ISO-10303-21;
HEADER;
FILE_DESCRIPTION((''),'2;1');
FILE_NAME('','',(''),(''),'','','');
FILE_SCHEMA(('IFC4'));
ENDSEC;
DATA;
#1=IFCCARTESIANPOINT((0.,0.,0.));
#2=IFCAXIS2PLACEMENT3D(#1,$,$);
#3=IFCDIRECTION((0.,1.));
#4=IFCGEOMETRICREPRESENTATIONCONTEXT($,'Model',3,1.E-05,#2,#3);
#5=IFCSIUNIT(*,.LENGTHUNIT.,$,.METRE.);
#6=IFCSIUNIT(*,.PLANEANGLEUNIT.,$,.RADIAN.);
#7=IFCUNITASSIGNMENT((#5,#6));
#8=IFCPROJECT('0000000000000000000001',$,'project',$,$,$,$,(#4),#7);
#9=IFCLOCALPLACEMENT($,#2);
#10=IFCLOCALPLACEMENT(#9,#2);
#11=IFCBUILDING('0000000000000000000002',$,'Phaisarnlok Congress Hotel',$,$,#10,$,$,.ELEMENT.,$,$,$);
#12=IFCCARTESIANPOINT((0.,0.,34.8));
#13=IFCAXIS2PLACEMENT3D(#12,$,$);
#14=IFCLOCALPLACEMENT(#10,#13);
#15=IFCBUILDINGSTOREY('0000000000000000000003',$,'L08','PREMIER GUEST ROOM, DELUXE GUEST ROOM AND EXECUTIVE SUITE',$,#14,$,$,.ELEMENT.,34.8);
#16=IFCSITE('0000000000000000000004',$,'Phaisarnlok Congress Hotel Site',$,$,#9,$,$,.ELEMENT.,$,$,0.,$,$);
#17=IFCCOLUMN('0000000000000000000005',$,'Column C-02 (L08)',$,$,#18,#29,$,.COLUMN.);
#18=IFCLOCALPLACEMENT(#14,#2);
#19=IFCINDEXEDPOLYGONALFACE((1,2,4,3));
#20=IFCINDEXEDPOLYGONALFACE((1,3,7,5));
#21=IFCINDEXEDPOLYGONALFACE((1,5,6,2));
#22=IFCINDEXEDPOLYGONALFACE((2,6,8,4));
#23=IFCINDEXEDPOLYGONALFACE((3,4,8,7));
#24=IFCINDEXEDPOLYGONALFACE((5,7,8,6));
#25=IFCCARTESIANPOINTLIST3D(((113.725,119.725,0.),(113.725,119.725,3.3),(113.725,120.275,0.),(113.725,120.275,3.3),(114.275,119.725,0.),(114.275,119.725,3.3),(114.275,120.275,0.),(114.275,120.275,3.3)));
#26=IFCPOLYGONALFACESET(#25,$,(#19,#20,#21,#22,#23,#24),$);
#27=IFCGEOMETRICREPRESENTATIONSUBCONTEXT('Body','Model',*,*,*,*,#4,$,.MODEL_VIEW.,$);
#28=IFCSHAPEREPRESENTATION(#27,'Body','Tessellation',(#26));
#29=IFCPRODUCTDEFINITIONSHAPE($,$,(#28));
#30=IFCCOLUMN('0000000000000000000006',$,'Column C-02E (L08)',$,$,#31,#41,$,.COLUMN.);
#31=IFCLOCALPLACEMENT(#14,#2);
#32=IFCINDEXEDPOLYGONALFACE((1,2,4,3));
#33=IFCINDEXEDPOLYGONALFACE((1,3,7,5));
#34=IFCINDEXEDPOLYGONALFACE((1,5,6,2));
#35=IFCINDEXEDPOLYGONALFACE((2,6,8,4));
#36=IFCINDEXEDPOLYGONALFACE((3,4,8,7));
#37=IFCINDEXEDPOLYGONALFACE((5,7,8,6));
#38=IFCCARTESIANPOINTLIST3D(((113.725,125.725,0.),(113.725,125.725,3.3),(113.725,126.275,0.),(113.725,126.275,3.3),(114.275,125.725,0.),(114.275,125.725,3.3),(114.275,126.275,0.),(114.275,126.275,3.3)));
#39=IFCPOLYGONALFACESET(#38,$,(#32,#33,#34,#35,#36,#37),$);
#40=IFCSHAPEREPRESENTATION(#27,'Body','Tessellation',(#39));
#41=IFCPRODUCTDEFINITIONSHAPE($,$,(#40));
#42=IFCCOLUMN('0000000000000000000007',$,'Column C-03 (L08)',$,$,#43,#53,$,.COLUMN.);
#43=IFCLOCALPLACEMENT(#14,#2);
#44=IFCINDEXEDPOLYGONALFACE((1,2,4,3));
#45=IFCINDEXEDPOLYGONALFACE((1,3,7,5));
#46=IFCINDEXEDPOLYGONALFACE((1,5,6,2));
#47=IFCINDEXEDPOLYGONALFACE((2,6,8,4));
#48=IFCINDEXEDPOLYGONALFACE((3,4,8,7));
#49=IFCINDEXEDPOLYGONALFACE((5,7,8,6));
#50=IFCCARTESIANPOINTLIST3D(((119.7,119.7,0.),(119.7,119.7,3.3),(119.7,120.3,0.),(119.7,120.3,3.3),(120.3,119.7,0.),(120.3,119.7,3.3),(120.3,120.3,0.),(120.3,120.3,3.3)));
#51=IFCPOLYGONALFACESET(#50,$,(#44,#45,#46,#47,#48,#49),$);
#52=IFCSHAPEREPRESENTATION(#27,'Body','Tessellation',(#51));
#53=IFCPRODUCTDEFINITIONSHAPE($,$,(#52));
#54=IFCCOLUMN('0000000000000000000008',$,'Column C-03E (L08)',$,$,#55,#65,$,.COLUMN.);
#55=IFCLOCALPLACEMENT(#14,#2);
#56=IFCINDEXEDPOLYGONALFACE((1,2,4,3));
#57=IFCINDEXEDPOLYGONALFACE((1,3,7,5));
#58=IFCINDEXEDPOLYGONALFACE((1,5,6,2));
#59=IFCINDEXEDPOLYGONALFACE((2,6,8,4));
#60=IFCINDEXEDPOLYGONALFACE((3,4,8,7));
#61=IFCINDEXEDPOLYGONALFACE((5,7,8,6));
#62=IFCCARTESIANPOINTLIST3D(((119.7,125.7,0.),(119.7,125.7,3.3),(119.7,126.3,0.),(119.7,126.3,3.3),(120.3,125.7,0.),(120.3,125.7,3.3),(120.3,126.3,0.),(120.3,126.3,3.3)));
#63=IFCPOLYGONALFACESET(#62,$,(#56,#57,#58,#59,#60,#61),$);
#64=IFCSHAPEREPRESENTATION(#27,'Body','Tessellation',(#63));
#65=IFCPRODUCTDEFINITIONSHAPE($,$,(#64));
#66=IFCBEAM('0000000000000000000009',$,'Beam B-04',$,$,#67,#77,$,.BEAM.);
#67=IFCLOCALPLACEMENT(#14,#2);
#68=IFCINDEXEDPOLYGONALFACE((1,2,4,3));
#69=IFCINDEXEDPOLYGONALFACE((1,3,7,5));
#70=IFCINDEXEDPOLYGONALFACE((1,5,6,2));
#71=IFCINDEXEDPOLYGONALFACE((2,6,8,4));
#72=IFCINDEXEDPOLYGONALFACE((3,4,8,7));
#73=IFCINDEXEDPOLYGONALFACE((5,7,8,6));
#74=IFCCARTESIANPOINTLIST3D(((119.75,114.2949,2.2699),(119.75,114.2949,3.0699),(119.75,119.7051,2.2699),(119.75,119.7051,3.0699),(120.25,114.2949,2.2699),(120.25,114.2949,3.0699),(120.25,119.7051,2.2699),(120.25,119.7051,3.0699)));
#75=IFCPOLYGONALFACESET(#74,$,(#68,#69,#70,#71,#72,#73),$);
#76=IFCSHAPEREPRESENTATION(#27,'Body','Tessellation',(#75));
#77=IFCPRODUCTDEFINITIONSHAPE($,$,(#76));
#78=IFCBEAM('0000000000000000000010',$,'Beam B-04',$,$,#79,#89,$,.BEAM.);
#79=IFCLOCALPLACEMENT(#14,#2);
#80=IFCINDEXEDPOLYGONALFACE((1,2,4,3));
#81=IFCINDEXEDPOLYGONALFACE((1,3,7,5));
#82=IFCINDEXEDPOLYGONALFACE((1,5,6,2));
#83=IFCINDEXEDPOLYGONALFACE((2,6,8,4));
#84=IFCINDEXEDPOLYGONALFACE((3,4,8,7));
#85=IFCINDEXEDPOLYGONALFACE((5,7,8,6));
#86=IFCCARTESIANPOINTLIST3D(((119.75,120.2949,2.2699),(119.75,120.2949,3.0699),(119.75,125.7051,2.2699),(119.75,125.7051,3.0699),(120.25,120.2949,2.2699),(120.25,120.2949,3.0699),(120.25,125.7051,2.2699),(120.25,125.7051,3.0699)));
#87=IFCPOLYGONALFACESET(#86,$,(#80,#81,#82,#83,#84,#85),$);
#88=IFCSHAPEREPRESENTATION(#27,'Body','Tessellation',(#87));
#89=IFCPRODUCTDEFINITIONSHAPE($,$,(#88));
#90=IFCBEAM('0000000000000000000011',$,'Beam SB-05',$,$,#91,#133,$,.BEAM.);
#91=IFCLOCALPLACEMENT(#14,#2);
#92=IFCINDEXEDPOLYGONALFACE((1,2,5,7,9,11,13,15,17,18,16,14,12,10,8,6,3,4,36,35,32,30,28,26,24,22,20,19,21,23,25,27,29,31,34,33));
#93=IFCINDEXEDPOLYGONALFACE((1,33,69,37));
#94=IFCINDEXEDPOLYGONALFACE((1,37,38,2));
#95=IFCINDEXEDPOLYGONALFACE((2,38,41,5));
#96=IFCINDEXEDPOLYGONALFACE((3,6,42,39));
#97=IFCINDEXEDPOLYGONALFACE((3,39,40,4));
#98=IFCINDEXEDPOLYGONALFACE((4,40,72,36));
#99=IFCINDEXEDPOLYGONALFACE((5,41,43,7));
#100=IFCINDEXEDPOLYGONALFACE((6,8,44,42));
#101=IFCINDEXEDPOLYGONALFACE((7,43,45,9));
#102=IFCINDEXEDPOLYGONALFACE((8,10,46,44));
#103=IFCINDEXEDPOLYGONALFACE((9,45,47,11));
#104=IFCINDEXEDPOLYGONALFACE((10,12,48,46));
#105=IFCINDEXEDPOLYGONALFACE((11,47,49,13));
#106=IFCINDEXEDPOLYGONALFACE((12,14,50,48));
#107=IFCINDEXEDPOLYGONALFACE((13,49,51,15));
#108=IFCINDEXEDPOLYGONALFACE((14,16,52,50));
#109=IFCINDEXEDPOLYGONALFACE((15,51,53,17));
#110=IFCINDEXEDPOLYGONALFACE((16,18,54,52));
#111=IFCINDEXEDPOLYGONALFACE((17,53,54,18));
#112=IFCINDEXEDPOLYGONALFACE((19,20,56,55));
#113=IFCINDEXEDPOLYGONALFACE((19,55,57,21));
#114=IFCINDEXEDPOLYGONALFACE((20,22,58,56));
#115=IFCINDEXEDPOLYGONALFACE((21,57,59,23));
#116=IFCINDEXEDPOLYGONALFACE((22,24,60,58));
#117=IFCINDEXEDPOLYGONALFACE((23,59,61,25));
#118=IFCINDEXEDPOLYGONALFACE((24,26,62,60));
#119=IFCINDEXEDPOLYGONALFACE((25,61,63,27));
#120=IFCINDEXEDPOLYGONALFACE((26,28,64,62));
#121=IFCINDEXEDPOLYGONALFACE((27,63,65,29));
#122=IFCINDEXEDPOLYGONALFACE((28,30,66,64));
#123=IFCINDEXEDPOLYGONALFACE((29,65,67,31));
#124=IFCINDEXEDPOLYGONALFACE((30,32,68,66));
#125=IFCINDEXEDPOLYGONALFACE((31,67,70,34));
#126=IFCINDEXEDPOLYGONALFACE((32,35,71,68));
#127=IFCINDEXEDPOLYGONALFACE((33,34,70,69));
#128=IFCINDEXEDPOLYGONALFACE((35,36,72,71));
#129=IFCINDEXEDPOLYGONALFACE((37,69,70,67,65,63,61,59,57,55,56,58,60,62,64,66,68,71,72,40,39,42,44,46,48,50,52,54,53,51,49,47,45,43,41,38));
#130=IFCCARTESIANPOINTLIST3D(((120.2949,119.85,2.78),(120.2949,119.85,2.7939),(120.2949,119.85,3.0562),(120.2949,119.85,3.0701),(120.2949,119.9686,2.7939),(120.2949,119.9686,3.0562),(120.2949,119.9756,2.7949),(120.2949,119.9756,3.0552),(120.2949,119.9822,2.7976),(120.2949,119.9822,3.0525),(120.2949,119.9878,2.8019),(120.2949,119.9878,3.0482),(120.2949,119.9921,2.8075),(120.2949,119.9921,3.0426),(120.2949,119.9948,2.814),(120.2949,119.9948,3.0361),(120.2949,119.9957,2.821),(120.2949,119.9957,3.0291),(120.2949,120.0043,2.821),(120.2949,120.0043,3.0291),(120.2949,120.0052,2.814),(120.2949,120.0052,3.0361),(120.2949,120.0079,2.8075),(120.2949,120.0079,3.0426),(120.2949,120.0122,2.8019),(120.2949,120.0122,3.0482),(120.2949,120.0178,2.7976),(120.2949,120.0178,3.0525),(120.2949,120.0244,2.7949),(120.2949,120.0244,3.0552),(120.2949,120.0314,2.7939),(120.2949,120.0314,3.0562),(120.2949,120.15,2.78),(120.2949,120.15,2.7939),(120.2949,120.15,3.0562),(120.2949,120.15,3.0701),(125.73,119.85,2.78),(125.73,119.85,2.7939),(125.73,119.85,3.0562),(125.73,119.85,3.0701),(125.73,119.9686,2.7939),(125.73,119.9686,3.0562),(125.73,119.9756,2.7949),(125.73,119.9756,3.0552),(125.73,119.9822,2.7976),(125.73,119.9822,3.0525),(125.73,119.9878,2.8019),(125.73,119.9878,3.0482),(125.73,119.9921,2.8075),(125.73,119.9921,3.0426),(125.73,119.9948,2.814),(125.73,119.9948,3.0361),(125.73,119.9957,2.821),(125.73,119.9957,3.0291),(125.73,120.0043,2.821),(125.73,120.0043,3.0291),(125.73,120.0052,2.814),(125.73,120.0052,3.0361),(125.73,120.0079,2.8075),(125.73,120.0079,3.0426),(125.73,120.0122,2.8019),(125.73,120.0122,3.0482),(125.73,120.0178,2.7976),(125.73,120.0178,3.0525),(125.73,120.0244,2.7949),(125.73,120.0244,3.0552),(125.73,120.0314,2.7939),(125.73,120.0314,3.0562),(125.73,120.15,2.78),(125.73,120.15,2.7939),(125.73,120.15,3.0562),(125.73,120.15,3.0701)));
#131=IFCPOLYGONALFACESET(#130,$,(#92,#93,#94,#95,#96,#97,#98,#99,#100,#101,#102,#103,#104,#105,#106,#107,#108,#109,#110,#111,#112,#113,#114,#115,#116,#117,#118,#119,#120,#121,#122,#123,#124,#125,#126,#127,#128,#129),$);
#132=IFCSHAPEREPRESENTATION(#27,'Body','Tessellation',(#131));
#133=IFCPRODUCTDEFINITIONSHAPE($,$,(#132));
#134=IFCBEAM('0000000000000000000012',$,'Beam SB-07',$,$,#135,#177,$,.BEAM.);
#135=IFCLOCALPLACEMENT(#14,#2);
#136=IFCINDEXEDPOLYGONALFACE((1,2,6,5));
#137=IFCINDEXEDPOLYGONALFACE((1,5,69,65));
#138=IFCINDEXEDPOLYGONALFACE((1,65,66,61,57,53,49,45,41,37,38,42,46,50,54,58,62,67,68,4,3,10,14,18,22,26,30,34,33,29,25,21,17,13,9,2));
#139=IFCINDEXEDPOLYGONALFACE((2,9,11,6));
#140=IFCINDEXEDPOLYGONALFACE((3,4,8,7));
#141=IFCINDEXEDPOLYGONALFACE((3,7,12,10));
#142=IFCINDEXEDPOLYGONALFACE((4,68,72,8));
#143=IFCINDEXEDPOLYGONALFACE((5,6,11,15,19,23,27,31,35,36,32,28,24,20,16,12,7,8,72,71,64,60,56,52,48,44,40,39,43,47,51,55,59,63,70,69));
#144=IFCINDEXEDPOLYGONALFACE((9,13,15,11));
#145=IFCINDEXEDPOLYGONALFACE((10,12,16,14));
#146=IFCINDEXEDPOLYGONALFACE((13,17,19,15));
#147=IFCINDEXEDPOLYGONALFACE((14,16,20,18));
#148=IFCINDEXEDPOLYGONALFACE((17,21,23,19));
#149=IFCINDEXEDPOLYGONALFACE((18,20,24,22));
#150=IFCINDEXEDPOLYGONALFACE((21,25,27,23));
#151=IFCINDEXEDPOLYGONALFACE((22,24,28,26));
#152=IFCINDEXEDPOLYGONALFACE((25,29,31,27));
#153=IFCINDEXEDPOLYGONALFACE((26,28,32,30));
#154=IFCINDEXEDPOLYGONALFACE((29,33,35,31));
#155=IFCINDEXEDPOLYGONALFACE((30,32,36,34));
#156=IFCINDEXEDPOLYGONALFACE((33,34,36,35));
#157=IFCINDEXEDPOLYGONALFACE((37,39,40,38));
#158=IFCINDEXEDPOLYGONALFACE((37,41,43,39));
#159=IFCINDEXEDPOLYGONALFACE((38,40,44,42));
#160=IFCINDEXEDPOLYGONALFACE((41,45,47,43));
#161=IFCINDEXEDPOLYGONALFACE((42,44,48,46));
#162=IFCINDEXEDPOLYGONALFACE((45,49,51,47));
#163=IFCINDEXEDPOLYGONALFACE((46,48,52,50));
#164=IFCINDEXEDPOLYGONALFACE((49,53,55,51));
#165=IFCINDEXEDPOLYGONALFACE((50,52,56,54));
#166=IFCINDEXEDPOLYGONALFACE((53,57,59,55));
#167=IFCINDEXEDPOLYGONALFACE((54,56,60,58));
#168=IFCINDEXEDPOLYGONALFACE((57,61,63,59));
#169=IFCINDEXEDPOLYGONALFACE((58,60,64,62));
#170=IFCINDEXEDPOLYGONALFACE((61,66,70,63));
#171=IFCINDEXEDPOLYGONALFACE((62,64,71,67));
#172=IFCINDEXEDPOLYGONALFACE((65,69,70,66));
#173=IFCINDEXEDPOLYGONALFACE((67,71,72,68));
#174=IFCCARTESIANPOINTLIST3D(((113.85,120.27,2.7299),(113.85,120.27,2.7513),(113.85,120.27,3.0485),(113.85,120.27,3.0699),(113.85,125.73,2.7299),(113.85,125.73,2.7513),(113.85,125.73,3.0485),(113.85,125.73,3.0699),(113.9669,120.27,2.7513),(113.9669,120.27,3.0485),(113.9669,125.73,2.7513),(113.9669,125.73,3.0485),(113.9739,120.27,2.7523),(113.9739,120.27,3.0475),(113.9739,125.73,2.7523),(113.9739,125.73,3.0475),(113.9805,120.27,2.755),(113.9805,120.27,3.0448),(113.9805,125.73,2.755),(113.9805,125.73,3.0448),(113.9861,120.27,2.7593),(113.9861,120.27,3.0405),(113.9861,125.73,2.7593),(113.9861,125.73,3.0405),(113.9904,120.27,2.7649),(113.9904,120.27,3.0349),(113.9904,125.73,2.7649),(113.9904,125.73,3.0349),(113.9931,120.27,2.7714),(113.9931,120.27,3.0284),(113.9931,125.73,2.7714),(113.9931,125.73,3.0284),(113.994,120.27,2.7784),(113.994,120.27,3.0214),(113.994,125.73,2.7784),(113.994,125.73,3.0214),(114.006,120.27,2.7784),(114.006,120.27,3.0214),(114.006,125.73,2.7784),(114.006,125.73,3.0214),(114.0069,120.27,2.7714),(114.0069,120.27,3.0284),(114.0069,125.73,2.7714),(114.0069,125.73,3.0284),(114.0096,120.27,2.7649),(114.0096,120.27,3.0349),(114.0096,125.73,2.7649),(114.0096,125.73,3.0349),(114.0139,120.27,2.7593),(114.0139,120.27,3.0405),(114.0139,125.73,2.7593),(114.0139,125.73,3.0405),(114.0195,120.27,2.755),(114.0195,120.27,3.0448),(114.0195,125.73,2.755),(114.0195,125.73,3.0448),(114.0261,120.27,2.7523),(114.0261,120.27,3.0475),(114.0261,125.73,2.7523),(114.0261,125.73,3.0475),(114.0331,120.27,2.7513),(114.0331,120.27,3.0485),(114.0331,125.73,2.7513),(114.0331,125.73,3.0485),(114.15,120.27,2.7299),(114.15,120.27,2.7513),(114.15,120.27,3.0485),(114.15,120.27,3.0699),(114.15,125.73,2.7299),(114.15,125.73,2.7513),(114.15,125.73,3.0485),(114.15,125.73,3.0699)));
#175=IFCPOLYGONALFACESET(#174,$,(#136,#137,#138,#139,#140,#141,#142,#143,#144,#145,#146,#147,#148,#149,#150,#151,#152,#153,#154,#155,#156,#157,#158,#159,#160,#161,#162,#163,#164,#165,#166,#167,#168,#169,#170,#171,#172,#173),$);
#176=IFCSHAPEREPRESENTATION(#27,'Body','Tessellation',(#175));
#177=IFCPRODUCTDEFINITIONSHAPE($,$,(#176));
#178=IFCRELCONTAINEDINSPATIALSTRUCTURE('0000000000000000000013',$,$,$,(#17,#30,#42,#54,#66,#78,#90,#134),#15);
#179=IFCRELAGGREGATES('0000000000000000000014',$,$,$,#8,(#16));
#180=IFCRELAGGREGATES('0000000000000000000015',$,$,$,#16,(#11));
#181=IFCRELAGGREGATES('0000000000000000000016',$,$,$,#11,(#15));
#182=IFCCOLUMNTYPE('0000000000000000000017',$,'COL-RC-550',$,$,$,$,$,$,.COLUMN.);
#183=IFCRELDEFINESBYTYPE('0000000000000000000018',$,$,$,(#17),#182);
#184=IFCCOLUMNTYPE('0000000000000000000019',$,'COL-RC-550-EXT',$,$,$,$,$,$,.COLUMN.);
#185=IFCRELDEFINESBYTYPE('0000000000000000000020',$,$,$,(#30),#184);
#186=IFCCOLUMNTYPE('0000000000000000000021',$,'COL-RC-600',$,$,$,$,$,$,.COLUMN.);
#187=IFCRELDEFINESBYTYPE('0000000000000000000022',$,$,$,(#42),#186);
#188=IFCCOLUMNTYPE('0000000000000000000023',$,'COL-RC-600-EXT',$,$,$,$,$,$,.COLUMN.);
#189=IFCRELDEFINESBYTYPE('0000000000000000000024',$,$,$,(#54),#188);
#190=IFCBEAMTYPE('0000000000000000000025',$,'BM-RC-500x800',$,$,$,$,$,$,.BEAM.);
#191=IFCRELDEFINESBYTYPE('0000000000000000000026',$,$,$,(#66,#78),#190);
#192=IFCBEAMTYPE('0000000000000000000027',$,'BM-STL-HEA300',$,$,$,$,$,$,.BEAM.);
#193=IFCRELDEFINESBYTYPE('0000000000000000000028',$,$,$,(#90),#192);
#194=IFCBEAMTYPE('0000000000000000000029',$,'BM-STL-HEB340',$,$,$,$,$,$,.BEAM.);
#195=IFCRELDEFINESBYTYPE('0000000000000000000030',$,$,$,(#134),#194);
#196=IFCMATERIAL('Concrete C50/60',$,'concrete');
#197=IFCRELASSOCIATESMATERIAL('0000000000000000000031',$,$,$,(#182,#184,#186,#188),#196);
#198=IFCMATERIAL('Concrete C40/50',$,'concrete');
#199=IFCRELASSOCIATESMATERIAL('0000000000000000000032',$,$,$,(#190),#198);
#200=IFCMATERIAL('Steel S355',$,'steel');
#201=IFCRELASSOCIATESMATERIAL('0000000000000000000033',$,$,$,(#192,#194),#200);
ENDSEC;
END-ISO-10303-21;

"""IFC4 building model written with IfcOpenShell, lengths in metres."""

from ifc_helpers import new_model, si_unit, direction, frame, origin, origin_2d, place, context, subcontext, project, spatial, rectangle, i_section, extrude, material, material_profile, profile_set, type_object, element, save


model = new_model("IFC4")

# Units and contexts
model_context = context("Model", 3, precision=1e-05, world=origin(), true_north=direction((0.0, 1.0)))
body_context = subcontext(model_context, "Body", "Model", "MODEL_VIEW")
ifc_project = project(units=[si_unit("LENGTHUNIT", "METRE"), si_unit("PLANEANGLEUNIT", "RADIAN")], contexts=[model_context])

# Site, building, storey
site_placement = place(None, origin())
site = spatial("IfcSite", under=ifc_project, at=site_placement, Name="Phaisarnlok Congress Hotel Site", CompositionType="ELEMENT", RefElevation=0.0)
building_placement = place(site_placement, origin())
building = spatial("IfcBuilding", under=site, at=building_placement, Name="Phaisarnlok Congress Hotel", CompositionType="ELEMENT")
storey_placement = place(building_placement, frame((0.0, 0.0, 34.8)))
storey = spatial("IfcBuildingStorey", under=building, at=storey_placement, Name="L08", Description="PREMIER GUEST ROOM, DELUXE GUEST ROOM AND EXECUTIVE SUITE", CompositionType="ELEMENT", Elevation=34.8)

# Columns
ifc_material_1 = material(Name="Concrete C50/60", Category="concrete")
ifc_material_profile_1 = material_profile(ifc_material_1, rectangle(XDim=0.55, YDim=0.55, at=origin_2d()), Name="RC 550x550")
ifc_profile_set_1 = profile_set([ifc_material_profile_1], Name="Concrete C50/60")
column_type_1 = type_object("IfcColumnType", Name="COL-RC-550", PredefinedType="COLUMN", material=ifc_profile_set_1)
column_1_placement = place(storey_placement, frame((114.0, 120.0, 0.0), z_axis=(0.0, 0.0, 1.0), x_axis=(1.0, 0.0, 0.0)))
element("IfcColumn", 1, at=column_1_placement, inside=storey, type_object=column_type_1, Name="Column C-02 (L08)", PredefinedType="COLUMN", context=body_context, shape_type="SweptSolid", body=[
    extrude(rectangle(XDim=0.55, YDim=0.55, at=origin_2d()), origin(), (0.0, 0.0, 1.0), 3.3),
])
ifc_material_profile_2 = material_profile(ifc_material_1, rectangle(XDim=0.55, YDim=0.55, at=origin_2d()), Name="RC 550x550")
ifc_profile_set_2 = profile_set([ifc_material_profile_2], Name="Concrete C50/60")
column_type_2 = type_object("IfcColumnType", Name="COL-RC-550-EXT", PredefinedType="COLUMN", material=ifc_profile_set_2)
column_2_placement = place(storey_placement, frame((114.0, 126.0, 0.0), z_axis=(0.0, 0.0, 1.0), x_axis=(1.0, 0.0, 0.0)))
element("IfcColumn", 2, at=column_2_placement, inside=storey, type_object=column_type_2, Name="Column C-02E (L08)", PredefinedType="COLUMN", context=body_context, shape_type="SweptSolid", body=[
    extrude(rectangle(XDim=0.55, YDim=0.55, at=origin_2d()), origin(), (0.0, 0.0, 1.0), 3.3),
])
ifc_material_profile_3 = material_profile(ifc_material_1, rectangle(XDim=0.6001, YDim=0.6001, at=origin_2d()), Name="RC 600x600")
ifc_profile_set_3 = profile_set([ifc_material_profile_3], Name="Concrete C50/60")
column_type_3 = type_object("IfcColumnType", Name="COL-RC-600", PredefinedType="COLUMN", material=ifc_profile_set_3)
column_3_placement = place(storey_placement, frame((120.0, 120.0, 0.0), z_axis=(0.0, 0.0, 1.0), x_axis=(1.0, 0.0, 0.0)))
element("IfcColumn", 3, at=column_3_placement, inside=storey, type_object=column_type_3, Name="Column C-03 (L08)", PredefinedType="COLUMN", context=body_context, shape_type="SweptSolid", body=[
    extrude(rectangle(XDim=0.6001, YDim=0.6001, at=origin_2d()), origin(), (0.0, 0.0, 1.0), 3.3),
])
ifc_material_profile_4 = material_profile(ifc_material_1, rectangle(XDim=0.6001, YDim=0.6001, at=origin_2d()), Name="RC 600x600")
ifc_profile_set_4 = profile_set([ifc_material_profile_4], Name="Concrete C50/60")
column_type_4 = type_object("IfcColumnType", Name="COL-RC-600-EXT", PredefinedType="COLUMN", material=ifc_profile_set_4)
column_4_placement = place(storey_placement, frame((120.0, 126.0, 0.0), z_axis=(0.0, 0.0, 1.0), x_axis=(1.0, 0.0, 0.0)))
element("IfcColumn", 4, at=column_4_placement, inside=storey, type_object=column_type_4, Name="Column C-03E (L08)", PredefinedType="COLUMN", context=body_context, shape_type="SweptSolid", body=[
    extrude(rectangle(XDim=0.6001, YDim=0.6001, at=origin_2d()), origin(), (0.0, 0.0, 1.0), 3.3),
])

# Beams
ifc_material_2 = material(Name="Concrete C40/50", Category="concrete")
ifc_material_profile_5 = material_profile(ifc_material_2, rectangle(XDim=0.5, YDim=0.8, at=origin_2d()), Name="RC 500x800")
ifc_profile_set_5 = profile_set([ifc_material_profile_5], Name="Concrete C40/50")
beam_type_1 = type_object("IfcBeamType", Name="BM-RC-500x800", PredefinedType="BEAM", material=ifc_profile_set_5)
for number, where, z_axis, x_axis, name in (
    (5, (120.0, 114.2949, 2.6699), (0.0, 1.0, 0.0), (-1.0, 0.0, 0.0), "Beam B-04"),
    (6, (120.0, 120.2949, 2.6699), (0.0, 1.0, 0.0), (-1.0, 0.0, 0.0), "Beam B-04"),
):
    element("IfcBeam", number, at=place(storey_placement, frame(where, z_axis=z_axis, x_axis=x_axis)), inside=storey, type_object=beam_type_1, Name=name, PredefinedType="BEAM", context=body_context, shape_type="SweptSolid", body=[
        extrude(rectangle(XDim=0.5, YDim=0.8, at=origin_2d()), origin(), (0.0, 0.0, 1.0), 5.4102),
    ])
ifc_material_3 = material(Name="Steel S355", Category="steel")
ifc_material_profile_6 = material_profile(ifc_material_3, i_section(OverallWidth=0.3, OverallDepth=0.29, WebThickness=0.0085, FlangeThickness=0.0139, FilletRadius=0.0271, at=origin_2d()), Name="HEA 300")
ifc_profile_set_6 = profile_set([ifc_material_profile_6], Name="Steel S355")
beam_type_2 = type_object("IfcBeamType", Name="BM-STL-HEA300", PredefinedType="BEAM", material=ifc_profile_set_6)
beam_1_placement = place(storey_placement, frame((120.2949, 120.0, 2.925), z_axis=(1.0, 0.0, 0.0), x_axis=(0.0, 1.0, 0.0)))
element("IfcBeam", 7, at=beam_1_placement, inside=storey, type_object=beam_type_2, Name="Beam SB-05", PredefinedType="BEAM", context=body_context, shape_type="SweptSolid", body=[
    extrude(i_section(OverallWidth=0.3, OverallDepth=0.29, WebThickness=0.0085, FlangeThickness=0.0139, FilletRadius=0.0271, at=origin_2d()), origin(), (0.0, 0.0, 1.0), 5.4351),
])
ifc_material_profile_7 = material_profile(ifc_material_3, i_section(OverallWidth=0.3, OverallDepth=0.3401, WebThickness=0.012, FlangeThickness=0.0215, FilletRadius=0.0271, at=origin_2d()), Name="HEB 340")
ifc_profile_set_7 = profile_set([ifc_material_profile_7], Name="Steel S355")
beam_type_3 = type_object("IfcBeamType", Name="BM-STL-HEB340", PredefinedType="BEAM", material=ifc_profile_set_7)
beam_2_placement = place(storey_placement, frame((114.0, 120.27, 2.8999), z_axis=(0.0, 1.0, 0.0), x_axis=(-1.0, 0.0, 0.0)))
element("IfcBeam", 8, at=beam_2_placement, inside=storey, type_object=beam_type_3, Name="Beam SB-07", PredefinedType="BEAM", context=body_context, shape_type="SweptSolid", body=[
    extrude(i_section(OverallWidth=0.3, OverallDepth=0.3401, WebThickness=0.012, FlangeThickness=0.0215, FilletRadius=0.0271, at=origin_2d()), origin(), (0.0, 0.0, 1.0), 5.46),
])

save(model, "model.ifc")
